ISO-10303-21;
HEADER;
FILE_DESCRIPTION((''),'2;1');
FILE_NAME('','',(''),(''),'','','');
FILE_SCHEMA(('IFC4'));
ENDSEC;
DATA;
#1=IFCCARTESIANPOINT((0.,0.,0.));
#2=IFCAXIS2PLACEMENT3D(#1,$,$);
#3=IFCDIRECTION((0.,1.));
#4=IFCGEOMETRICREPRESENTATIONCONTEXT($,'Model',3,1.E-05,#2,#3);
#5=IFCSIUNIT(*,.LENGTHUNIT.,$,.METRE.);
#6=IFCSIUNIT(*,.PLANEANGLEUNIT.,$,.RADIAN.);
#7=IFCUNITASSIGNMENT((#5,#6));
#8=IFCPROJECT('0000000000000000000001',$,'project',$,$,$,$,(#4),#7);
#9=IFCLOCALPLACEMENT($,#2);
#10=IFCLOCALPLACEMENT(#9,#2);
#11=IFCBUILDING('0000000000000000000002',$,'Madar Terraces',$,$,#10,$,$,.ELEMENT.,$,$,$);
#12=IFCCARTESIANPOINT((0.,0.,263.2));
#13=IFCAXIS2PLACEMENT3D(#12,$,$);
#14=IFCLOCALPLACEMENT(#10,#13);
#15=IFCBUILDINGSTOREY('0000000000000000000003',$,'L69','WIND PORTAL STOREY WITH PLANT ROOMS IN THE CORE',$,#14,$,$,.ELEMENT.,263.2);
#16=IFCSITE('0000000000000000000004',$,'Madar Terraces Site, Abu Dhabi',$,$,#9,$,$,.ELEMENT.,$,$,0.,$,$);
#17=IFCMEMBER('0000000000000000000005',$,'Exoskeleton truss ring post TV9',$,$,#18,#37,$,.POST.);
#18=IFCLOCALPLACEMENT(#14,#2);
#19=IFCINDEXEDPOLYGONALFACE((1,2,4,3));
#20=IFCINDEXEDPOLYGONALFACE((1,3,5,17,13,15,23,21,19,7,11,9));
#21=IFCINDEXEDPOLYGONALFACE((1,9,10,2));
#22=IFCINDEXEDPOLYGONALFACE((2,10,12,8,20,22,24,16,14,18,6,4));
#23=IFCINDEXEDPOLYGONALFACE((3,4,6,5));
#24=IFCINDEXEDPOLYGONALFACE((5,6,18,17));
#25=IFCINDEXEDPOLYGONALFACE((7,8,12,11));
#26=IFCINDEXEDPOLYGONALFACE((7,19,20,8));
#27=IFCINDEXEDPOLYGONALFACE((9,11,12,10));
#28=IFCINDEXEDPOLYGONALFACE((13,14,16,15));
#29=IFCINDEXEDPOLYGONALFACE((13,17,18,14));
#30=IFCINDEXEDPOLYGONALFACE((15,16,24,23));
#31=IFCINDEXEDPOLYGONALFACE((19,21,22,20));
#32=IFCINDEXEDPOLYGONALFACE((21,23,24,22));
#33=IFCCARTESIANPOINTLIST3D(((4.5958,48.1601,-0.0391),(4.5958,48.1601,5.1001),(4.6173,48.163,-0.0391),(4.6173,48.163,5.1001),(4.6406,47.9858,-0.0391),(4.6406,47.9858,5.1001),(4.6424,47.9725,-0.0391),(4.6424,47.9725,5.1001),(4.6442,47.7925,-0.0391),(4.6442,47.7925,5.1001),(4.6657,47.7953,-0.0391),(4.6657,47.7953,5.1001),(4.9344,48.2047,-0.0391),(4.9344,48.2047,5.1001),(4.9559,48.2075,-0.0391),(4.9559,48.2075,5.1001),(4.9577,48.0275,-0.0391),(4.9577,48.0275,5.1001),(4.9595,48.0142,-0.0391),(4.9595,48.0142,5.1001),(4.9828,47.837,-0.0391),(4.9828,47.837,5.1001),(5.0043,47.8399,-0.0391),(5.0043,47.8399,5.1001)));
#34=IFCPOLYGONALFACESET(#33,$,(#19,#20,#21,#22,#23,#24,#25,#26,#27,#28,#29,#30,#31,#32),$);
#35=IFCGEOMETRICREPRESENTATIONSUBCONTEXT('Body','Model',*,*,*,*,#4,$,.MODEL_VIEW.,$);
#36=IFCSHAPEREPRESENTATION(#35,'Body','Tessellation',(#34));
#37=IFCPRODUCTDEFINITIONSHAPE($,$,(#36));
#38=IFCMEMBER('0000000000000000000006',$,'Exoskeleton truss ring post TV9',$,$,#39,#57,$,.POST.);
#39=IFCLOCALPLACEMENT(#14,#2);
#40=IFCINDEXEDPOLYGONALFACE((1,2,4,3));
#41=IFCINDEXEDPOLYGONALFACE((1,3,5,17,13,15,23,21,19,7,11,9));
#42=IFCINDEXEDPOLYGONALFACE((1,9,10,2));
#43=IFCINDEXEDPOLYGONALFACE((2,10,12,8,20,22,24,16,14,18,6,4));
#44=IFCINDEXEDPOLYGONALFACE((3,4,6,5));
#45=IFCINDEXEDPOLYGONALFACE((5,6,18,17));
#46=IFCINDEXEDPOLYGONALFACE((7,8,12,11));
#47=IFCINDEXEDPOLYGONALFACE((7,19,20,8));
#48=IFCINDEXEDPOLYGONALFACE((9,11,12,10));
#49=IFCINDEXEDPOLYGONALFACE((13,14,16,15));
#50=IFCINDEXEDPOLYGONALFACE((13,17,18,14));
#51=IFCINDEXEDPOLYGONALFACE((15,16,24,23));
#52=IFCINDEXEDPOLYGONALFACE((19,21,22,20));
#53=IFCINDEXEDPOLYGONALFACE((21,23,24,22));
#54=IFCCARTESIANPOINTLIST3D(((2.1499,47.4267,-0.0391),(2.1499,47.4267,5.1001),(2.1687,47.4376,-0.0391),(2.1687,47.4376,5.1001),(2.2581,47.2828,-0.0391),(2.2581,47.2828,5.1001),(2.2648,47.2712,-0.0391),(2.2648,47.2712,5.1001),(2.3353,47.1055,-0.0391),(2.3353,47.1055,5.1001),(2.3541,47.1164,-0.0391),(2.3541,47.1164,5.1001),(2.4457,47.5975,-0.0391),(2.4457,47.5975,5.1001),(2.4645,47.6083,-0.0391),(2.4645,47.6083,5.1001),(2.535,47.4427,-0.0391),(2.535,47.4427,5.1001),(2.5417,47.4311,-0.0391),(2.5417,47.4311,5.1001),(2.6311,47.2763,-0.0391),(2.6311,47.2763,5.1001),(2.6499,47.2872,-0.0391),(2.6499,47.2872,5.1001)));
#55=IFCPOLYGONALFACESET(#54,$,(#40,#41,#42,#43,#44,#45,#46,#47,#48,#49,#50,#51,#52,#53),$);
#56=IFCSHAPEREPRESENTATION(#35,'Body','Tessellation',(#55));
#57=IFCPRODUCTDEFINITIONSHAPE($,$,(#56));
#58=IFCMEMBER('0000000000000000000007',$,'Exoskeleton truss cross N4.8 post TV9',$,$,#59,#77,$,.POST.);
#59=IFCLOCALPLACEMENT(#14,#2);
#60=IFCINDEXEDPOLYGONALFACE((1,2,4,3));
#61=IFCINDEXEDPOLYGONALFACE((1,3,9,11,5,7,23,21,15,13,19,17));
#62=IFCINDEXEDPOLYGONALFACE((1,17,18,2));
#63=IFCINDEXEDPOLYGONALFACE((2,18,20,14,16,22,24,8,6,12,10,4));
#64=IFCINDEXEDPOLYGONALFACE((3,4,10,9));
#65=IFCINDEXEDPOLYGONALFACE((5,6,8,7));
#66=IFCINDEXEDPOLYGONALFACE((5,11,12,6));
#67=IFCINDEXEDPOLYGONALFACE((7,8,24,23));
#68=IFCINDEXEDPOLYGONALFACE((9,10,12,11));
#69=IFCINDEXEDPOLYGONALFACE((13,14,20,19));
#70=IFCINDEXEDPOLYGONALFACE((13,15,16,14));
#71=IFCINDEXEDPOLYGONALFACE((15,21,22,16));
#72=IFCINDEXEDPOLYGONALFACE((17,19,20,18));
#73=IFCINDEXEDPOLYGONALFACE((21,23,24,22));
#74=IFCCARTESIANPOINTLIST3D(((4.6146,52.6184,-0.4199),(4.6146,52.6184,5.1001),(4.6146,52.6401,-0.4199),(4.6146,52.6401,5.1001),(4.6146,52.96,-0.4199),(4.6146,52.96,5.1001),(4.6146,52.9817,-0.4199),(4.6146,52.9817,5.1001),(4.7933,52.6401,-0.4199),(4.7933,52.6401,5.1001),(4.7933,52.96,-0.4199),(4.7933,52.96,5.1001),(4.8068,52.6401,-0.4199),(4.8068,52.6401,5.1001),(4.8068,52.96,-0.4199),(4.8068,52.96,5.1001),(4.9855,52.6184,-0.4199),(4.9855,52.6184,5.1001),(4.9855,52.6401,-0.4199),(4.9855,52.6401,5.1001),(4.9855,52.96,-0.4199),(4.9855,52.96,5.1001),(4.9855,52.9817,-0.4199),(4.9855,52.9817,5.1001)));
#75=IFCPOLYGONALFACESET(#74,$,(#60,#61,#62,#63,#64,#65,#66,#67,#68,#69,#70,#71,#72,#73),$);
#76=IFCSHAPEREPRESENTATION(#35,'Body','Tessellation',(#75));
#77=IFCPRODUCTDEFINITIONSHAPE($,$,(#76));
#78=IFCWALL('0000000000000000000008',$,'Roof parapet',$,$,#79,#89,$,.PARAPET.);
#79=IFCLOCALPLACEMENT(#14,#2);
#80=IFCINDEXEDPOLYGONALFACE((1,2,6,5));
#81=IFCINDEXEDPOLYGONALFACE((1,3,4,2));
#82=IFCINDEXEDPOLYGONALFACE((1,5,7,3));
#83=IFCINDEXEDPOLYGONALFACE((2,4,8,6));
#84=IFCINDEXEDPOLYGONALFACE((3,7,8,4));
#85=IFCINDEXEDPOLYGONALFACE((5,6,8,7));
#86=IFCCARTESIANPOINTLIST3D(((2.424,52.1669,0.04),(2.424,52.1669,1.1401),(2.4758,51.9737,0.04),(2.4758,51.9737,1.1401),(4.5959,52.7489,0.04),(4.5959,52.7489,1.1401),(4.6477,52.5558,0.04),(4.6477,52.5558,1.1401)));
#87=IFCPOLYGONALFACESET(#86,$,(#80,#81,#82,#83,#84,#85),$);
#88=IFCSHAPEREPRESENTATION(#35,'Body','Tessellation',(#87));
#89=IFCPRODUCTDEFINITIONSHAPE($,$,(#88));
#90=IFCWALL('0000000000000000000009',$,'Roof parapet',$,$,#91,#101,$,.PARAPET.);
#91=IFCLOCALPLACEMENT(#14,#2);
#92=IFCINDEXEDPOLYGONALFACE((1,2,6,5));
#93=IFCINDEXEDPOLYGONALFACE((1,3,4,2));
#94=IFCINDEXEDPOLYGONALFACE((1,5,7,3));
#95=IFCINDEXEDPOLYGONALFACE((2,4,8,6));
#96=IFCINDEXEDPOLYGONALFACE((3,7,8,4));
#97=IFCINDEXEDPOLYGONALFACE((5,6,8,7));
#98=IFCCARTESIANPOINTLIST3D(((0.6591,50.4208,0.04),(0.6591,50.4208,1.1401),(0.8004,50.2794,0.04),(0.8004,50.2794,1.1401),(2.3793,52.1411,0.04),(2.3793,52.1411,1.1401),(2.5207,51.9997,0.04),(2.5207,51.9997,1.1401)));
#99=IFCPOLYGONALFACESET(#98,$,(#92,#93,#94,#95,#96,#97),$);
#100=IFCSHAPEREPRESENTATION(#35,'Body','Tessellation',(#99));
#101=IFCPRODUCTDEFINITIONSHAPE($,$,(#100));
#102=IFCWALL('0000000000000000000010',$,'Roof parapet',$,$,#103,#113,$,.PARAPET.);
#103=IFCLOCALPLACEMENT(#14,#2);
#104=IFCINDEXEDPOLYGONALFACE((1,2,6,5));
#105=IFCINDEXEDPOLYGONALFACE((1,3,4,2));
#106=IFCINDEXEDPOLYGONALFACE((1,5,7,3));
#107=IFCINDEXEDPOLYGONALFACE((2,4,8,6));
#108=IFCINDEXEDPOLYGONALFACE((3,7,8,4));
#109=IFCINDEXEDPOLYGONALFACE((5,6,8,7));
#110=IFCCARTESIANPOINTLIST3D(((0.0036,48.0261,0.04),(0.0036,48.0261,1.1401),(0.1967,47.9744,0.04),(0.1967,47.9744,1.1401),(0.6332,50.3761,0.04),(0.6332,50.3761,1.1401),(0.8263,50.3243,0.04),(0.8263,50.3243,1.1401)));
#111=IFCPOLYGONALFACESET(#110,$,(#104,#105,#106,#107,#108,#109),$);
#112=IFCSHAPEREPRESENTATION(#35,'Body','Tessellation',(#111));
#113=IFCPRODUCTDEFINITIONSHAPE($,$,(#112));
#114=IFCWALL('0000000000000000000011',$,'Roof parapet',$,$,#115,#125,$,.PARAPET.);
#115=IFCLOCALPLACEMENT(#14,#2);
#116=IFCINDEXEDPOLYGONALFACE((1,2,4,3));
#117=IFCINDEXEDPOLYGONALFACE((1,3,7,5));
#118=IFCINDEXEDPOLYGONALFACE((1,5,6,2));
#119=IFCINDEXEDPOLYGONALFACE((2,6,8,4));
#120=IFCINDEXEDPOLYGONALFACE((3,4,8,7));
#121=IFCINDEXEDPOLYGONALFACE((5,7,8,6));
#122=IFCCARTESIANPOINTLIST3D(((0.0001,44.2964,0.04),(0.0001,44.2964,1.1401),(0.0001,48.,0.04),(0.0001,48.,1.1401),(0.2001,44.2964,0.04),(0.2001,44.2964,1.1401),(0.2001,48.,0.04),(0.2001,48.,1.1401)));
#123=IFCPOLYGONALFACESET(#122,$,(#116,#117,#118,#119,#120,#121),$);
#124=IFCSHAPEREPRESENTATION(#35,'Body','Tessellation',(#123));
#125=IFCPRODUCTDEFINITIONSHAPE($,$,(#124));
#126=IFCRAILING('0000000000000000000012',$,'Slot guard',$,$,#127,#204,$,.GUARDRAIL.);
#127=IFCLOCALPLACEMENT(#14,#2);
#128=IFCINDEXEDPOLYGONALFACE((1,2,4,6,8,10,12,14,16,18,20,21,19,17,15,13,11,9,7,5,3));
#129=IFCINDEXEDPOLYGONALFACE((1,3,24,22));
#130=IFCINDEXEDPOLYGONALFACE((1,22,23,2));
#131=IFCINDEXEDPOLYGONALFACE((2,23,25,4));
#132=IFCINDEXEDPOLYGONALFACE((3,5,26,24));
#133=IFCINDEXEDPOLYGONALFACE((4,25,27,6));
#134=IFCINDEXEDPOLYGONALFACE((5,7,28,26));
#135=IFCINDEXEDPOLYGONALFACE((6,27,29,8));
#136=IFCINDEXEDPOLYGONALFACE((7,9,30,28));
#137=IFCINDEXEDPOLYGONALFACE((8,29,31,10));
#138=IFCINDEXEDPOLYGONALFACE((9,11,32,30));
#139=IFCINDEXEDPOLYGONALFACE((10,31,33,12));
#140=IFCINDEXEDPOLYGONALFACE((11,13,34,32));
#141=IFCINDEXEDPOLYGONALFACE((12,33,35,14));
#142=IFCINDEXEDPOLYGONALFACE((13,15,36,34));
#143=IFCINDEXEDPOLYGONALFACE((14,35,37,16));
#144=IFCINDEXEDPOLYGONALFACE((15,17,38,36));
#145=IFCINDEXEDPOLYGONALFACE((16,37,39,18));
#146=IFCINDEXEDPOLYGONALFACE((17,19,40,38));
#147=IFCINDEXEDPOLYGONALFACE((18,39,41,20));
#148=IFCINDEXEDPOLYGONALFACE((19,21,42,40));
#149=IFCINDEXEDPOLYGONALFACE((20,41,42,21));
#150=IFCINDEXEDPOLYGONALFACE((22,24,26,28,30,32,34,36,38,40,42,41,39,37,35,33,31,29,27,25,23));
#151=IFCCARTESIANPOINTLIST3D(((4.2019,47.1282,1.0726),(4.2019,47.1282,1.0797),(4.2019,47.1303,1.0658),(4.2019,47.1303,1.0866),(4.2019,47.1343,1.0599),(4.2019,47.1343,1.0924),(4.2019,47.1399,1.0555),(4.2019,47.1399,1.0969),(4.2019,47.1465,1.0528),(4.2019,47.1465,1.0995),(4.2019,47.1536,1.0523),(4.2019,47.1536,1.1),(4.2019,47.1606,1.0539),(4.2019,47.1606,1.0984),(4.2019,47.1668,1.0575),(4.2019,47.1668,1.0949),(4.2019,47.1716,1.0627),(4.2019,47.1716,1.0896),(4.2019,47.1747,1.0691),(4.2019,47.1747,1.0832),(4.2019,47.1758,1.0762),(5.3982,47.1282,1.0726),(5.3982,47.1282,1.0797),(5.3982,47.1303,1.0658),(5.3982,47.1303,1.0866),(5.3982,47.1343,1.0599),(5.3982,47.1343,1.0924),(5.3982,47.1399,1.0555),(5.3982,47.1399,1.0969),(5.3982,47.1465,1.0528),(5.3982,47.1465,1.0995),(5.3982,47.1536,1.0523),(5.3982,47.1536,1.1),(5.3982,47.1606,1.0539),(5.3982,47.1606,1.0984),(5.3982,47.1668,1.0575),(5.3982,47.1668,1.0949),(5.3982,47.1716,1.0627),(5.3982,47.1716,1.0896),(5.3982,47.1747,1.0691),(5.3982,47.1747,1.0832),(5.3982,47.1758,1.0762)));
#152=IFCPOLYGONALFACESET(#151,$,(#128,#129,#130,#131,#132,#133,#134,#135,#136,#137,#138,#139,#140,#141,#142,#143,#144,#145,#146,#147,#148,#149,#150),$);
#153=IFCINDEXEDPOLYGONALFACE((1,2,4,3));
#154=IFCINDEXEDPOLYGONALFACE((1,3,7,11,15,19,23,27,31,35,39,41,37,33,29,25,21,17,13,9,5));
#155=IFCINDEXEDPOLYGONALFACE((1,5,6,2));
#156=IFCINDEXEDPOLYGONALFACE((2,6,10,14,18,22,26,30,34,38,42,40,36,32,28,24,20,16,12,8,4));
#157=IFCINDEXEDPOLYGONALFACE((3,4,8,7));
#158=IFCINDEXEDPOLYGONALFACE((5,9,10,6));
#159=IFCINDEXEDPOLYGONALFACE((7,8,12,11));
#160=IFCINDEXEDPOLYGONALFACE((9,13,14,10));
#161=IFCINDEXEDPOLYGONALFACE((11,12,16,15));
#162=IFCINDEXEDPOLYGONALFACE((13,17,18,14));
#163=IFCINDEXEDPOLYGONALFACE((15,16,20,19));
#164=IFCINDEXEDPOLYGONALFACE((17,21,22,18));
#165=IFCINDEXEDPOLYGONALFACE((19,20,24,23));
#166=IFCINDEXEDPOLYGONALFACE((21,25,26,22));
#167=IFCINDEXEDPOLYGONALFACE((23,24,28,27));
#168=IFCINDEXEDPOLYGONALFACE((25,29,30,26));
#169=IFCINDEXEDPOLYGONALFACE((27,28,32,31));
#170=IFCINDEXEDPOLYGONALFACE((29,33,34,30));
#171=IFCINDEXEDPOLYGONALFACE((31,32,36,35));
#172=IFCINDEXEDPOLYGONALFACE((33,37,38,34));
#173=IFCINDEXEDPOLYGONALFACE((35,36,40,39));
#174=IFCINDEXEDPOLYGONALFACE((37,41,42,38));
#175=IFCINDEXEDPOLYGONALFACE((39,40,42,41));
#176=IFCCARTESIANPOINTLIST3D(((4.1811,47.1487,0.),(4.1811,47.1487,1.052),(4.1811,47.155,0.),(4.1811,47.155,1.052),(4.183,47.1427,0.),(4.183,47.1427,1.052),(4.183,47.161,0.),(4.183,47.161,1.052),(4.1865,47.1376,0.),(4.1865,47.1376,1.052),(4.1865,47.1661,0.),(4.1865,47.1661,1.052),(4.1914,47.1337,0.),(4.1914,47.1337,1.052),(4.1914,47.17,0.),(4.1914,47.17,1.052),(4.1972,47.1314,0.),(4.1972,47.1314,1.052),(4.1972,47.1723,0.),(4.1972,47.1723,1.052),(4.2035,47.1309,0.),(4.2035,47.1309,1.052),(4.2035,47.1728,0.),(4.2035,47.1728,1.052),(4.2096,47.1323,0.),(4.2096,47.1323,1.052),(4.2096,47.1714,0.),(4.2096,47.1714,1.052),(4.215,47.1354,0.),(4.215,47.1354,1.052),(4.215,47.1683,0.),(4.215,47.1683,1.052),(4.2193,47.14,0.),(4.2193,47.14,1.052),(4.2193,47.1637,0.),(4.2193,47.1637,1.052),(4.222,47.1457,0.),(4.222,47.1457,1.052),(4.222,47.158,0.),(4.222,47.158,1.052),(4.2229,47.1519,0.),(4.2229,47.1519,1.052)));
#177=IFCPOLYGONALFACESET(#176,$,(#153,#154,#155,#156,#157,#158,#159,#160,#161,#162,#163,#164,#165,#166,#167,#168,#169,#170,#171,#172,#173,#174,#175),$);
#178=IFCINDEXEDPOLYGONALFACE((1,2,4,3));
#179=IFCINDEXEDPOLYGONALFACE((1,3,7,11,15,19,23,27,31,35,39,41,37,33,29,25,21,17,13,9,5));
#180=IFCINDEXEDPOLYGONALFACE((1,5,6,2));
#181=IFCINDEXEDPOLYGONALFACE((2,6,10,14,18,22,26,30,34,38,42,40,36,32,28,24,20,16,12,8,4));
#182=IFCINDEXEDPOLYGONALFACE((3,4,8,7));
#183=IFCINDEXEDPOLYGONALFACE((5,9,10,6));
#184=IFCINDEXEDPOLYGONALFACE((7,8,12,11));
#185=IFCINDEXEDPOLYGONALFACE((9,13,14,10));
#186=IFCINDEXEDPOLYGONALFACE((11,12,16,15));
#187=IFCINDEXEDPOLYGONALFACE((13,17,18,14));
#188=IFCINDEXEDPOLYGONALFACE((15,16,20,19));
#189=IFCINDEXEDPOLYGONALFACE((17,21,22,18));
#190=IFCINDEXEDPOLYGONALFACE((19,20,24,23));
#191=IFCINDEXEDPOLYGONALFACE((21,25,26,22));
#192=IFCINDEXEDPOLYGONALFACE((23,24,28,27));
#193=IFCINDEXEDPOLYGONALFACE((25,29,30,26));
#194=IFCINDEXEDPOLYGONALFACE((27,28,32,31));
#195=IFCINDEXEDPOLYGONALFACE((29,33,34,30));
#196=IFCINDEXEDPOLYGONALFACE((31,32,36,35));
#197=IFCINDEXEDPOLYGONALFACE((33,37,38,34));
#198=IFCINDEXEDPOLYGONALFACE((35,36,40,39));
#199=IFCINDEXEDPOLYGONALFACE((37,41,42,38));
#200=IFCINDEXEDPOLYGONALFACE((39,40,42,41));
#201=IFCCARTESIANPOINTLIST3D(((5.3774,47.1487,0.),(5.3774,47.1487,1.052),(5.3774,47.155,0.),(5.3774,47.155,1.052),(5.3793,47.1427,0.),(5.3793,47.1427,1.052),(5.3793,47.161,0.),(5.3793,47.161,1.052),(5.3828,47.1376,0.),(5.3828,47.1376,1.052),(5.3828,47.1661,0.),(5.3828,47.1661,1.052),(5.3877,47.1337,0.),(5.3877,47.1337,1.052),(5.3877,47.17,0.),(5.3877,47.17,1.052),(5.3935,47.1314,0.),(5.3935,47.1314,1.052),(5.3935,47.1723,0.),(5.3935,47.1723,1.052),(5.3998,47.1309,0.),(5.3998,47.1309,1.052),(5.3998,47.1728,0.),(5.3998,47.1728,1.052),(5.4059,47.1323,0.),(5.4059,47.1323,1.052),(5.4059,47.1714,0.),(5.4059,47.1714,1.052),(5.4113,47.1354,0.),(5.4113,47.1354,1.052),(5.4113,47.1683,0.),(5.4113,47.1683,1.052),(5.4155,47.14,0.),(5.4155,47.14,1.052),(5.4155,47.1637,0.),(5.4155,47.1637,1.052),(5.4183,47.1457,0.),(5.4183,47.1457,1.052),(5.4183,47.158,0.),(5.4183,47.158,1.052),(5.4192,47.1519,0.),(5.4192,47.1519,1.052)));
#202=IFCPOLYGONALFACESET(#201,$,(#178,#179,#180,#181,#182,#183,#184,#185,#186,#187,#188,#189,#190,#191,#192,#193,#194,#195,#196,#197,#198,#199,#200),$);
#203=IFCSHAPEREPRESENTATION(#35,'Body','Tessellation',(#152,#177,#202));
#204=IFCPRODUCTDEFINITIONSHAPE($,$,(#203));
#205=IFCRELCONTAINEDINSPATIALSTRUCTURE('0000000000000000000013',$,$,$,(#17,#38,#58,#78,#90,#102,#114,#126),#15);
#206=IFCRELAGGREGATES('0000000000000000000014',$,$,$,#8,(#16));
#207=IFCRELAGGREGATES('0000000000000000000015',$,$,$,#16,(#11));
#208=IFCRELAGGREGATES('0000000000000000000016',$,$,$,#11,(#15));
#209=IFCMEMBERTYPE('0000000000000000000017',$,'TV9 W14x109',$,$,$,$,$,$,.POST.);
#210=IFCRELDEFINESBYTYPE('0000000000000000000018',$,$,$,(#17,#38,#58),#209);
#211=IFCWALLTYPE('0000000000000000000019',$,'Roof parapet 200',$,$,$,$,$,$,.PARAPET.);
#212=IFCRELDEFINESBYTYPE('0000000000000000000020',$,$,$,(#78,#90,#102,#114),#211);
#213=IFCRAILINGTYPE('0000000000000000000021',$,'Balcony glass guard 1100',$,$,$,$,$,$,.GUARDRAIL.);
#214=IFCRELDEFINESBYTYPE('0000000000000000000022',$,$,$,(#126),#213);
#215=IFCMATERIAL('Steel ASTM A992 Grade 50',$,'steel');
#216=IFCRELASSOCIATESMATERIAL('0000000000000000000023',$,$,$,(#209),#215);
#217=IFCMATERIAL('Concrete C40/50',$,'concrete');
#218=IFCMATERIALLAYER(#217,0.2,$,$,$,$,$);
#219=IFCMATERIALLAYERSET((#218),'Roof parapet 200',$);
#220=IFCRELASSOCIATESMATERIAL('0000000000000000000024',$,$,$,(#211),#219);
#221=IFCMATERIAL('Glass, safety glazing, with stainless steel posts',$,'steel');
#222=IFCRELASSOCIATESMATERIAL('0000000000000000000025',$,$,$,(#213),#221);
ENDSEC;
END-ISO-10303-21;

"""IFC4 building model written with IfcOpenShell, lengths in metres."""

from ifc_helpers import new_model, si_unit, direction, frame, frame_2d, origin, origin_2d, place, context, subcontext, project, spatial, rectangle, circle, i_section, extrude, material, layer, layer_set, material_profile, profile_set, type_object, element, save


model = new_model("IFC4")

# Units and contexts
model_context = context("Model", 3, precision=1e-05, world=origin(), true_north=direction((0.0, 1.0)))
body_context = subcontext(model_context, "Body", "Model", "MODEL_VIEW")
ifc_project = project(units=[si_unit("LENGTHUNIT", "METRE"), si_unit("PLANEANGLEUNIT", "RADIAN")], contexts=[model_context])

# Site, building, storey
site_placement = place(None, origin())
site = spatial("IfcSite", under=ifc_project, at=site_placement, Name="Madar Terraces Site, Abu Dhabi", CompositionType="ELEMENT", RefElevation=0.0)
building_placement = place(site_placement, origin())
building = spatial("IfcBuilding", under=site, at=building_placement, Name="Madar Terraces", CompositionType="ELEMENT")
storey_placement = place(building_placement, frame((0.0, 0.0, 263.2)))
storey = spatial("IfcBuildingStorey", under=building, at=storey_placement, Name="L69", Description="WIND PORTAL STOREY WITH PLANT ROOMS IN THE CORE", CompositionType="ELEMENT", Elevation=263.2)

# Members
ifc_material_1 = material(Name="Steel ASTM A992 Grade 50", Category="steel")
ifc_material_profile_1 = material_profile(ifc_material_1, i_section(OverallWidth=0.3708, OverallDepth=0.3633, WebThickness=0.0134, FlangeThickness=0.0217, at=origin_2d()), Name="W14x109")
ifc_profile_set_1 = profile_set([ifc_material_profile_1], Name="Steel ASTM A992 Grade 50")
member_type_1 = type_object("IfcMemberType", Name="TV9 W14x109", PredefinedType="POST", material=ifc_profile_set_1)
for number, where, z_axis, x_axis, name in (
    (1, (4.8, 48.0, -0.0391), (0.0, 0.0, 1.0), (0.130526, -0.991445, 0.0), "Exoskeleton truss ring post TV9"),
    (2, (2.3999, 47.3569, -0.0391), (0.0, 0.0, 1.0), (0.5, -0.866025, 0.0), "Exoskeleton truss ring post TV9"),
):
    element("IfcMember", number, at=place(storey_placement, frame(where, z_axis=z_axis, x_axis=x_axis)), inside=storey, type_object=member_type_1, Name=name, PredefinedType="POST", context=body_context, shape_type="SweptSolid", body=[
        extrude(i_section(OverallWidth=0.3708, OverallDepth=0.3633, WebThickness=0.0134, FlangeThickness=0.0217, at=origin_2d()), origin(), (0.0, 0.0, 1.0), 5.1392),
    ])
member_1_placement = place(storey_placement, frame((4.8, 52.8, -0.4199), z_axis=(0.0, 0.0, 1.0), x_axis=(-1.0, 0.0, 0.0)))
element("IfcMember", 3, at=member_1_placement, inside=storey, type_object=member_type_1, Name="Exoskeleton truss cross N4.8 post TV9", PredefinedType="POST", context=body_context, shape_type="SweptSolid", body=[
    extrude(i_section(OverallWidth=0.3708, OverallDepth=0.3633, WebThickness=0.0134, FlangeThickness=0.0217, at=origin_2d()), origin(), (0.0, 0.0, 1.0), 5.52),
])

# Walls
ifc_material_2 = material(Name="Concrete C40/50", Category="concrete")
ifc_layer_1 = layer(ifc_material_2, 0.2)
ifc_layer_set_1 = layer_set([ifc_layer_1], Name="Roof parapet 200")
wall_type_1 = type_object("IfcWallType", Name="Roof parapet 200", PredefinedType="PARAPET", material=ifc_layer_set_1)
wall_1_placement = place(storey_placement, frame((4.6218, 52.6523, 0.04), z_axis=(0.0, 0.0, 1.0), x_axis=(-0.965917, -0.258852, 0.0)))
element("IfcWall", 4, at=wall_1_placement, inside=storey, type_object=wall_type_1, Name="Roof parapet", PredefinedType="PARAPET", context=body_context, shape_type="SweptSolid", body=[
    extrude(rectangle(XDim=2.2485, YDim=0.2, at=frame_2d((1.1243, 0.0))), origin(), (0.0, 0.0, 1.0), 1.1001),
])
for number, where, z_axis, x_axis, name in (
    (5, (2.45, 52.0703, 0.04), (0.0, 0.0, 1.0), (-0.707107, -0.707107, 0.0), "Roof parapet"),
    (6, (0.7297, 50.3501, 0.04), (0.0, 0.0, 1.0), (-0.258793, -0.965933, 0.0), "Roof parapet"),
):
    element("IfcWall", number, at=place(storey_placement, frame(where, z_axis=z_axis, x_axis=x_axis)), inside=storey, type_object=wall_type_1, Name=name, PredefinedType="PARAPET", context=body_context, shape_type="SweptSolid", body=[
        extrude(rectangle(XDim=2.4329, YDim=0.2, at=frame_2d((1.2163, 0.0))), origin(), (0.0, 0.0, 1.0), 1.1001),
    ])
wall_2_placement = place(storey_placement, frame((0.1001, 48.0, 0.04), z_axis=(0.0, 0.0, 1.0), x_axis=(0.0, -1.0, 0.0)))
element("IfcWall", 7, at=wall_2_placement, inside=storey, type_object=wall_type_1, Name="Roof parapet", PredefinedType="PARAPET", context=body_context, shape_type="SweptSolid", body=[
    extrude(rectangle(XDim=3.7036, YDim=0.2, at=frame_2d((1.8518, 0.0))), origin(), (0.0, 0.0, 1.0), 1.1001),
])

# Railing
ifc_material_3 = material(Name="Glass, safety glazing, with stainless steel posts", Category="steel")
railing_type = type_object("IfcRailingType", Name="Balcony glass guard 1100", PredefinedType="GUARDRAIL", material=ifc_material_3)
railing_1_placement = place(storey_placement, frame((4.2019, 47.1519, 0.0)))
element("IfcRailing", 8, at=railing_1_placement, inside=storey, type_object=railing_type, Name="Slot guard", PredefinedType="GUARDRAIL", context=body_context, shape_type="SweptSolid", body=[
    extrude(circle(Radius=0.0239, at=origin_2d()), frame((0.0, 0.0, 1.0762), z_axis=(1.0, 0.0, 0.0), x_axis=(0.0, 1.0, 0.0)), (0.0, 0.0, 1.0), 1.1963),
    extrude(circle(Radius=0.021, at=origin_2d()), origin(), (0.0, 0.0, 1.0), 1.052),
    extrude(circle(Radius=0.021, at=origin_2d()), frame((1.1963, 0.0, 0.0)), (0.0, 0.0, 1.0), 1.052),
])

save(model, "model.ifc")
